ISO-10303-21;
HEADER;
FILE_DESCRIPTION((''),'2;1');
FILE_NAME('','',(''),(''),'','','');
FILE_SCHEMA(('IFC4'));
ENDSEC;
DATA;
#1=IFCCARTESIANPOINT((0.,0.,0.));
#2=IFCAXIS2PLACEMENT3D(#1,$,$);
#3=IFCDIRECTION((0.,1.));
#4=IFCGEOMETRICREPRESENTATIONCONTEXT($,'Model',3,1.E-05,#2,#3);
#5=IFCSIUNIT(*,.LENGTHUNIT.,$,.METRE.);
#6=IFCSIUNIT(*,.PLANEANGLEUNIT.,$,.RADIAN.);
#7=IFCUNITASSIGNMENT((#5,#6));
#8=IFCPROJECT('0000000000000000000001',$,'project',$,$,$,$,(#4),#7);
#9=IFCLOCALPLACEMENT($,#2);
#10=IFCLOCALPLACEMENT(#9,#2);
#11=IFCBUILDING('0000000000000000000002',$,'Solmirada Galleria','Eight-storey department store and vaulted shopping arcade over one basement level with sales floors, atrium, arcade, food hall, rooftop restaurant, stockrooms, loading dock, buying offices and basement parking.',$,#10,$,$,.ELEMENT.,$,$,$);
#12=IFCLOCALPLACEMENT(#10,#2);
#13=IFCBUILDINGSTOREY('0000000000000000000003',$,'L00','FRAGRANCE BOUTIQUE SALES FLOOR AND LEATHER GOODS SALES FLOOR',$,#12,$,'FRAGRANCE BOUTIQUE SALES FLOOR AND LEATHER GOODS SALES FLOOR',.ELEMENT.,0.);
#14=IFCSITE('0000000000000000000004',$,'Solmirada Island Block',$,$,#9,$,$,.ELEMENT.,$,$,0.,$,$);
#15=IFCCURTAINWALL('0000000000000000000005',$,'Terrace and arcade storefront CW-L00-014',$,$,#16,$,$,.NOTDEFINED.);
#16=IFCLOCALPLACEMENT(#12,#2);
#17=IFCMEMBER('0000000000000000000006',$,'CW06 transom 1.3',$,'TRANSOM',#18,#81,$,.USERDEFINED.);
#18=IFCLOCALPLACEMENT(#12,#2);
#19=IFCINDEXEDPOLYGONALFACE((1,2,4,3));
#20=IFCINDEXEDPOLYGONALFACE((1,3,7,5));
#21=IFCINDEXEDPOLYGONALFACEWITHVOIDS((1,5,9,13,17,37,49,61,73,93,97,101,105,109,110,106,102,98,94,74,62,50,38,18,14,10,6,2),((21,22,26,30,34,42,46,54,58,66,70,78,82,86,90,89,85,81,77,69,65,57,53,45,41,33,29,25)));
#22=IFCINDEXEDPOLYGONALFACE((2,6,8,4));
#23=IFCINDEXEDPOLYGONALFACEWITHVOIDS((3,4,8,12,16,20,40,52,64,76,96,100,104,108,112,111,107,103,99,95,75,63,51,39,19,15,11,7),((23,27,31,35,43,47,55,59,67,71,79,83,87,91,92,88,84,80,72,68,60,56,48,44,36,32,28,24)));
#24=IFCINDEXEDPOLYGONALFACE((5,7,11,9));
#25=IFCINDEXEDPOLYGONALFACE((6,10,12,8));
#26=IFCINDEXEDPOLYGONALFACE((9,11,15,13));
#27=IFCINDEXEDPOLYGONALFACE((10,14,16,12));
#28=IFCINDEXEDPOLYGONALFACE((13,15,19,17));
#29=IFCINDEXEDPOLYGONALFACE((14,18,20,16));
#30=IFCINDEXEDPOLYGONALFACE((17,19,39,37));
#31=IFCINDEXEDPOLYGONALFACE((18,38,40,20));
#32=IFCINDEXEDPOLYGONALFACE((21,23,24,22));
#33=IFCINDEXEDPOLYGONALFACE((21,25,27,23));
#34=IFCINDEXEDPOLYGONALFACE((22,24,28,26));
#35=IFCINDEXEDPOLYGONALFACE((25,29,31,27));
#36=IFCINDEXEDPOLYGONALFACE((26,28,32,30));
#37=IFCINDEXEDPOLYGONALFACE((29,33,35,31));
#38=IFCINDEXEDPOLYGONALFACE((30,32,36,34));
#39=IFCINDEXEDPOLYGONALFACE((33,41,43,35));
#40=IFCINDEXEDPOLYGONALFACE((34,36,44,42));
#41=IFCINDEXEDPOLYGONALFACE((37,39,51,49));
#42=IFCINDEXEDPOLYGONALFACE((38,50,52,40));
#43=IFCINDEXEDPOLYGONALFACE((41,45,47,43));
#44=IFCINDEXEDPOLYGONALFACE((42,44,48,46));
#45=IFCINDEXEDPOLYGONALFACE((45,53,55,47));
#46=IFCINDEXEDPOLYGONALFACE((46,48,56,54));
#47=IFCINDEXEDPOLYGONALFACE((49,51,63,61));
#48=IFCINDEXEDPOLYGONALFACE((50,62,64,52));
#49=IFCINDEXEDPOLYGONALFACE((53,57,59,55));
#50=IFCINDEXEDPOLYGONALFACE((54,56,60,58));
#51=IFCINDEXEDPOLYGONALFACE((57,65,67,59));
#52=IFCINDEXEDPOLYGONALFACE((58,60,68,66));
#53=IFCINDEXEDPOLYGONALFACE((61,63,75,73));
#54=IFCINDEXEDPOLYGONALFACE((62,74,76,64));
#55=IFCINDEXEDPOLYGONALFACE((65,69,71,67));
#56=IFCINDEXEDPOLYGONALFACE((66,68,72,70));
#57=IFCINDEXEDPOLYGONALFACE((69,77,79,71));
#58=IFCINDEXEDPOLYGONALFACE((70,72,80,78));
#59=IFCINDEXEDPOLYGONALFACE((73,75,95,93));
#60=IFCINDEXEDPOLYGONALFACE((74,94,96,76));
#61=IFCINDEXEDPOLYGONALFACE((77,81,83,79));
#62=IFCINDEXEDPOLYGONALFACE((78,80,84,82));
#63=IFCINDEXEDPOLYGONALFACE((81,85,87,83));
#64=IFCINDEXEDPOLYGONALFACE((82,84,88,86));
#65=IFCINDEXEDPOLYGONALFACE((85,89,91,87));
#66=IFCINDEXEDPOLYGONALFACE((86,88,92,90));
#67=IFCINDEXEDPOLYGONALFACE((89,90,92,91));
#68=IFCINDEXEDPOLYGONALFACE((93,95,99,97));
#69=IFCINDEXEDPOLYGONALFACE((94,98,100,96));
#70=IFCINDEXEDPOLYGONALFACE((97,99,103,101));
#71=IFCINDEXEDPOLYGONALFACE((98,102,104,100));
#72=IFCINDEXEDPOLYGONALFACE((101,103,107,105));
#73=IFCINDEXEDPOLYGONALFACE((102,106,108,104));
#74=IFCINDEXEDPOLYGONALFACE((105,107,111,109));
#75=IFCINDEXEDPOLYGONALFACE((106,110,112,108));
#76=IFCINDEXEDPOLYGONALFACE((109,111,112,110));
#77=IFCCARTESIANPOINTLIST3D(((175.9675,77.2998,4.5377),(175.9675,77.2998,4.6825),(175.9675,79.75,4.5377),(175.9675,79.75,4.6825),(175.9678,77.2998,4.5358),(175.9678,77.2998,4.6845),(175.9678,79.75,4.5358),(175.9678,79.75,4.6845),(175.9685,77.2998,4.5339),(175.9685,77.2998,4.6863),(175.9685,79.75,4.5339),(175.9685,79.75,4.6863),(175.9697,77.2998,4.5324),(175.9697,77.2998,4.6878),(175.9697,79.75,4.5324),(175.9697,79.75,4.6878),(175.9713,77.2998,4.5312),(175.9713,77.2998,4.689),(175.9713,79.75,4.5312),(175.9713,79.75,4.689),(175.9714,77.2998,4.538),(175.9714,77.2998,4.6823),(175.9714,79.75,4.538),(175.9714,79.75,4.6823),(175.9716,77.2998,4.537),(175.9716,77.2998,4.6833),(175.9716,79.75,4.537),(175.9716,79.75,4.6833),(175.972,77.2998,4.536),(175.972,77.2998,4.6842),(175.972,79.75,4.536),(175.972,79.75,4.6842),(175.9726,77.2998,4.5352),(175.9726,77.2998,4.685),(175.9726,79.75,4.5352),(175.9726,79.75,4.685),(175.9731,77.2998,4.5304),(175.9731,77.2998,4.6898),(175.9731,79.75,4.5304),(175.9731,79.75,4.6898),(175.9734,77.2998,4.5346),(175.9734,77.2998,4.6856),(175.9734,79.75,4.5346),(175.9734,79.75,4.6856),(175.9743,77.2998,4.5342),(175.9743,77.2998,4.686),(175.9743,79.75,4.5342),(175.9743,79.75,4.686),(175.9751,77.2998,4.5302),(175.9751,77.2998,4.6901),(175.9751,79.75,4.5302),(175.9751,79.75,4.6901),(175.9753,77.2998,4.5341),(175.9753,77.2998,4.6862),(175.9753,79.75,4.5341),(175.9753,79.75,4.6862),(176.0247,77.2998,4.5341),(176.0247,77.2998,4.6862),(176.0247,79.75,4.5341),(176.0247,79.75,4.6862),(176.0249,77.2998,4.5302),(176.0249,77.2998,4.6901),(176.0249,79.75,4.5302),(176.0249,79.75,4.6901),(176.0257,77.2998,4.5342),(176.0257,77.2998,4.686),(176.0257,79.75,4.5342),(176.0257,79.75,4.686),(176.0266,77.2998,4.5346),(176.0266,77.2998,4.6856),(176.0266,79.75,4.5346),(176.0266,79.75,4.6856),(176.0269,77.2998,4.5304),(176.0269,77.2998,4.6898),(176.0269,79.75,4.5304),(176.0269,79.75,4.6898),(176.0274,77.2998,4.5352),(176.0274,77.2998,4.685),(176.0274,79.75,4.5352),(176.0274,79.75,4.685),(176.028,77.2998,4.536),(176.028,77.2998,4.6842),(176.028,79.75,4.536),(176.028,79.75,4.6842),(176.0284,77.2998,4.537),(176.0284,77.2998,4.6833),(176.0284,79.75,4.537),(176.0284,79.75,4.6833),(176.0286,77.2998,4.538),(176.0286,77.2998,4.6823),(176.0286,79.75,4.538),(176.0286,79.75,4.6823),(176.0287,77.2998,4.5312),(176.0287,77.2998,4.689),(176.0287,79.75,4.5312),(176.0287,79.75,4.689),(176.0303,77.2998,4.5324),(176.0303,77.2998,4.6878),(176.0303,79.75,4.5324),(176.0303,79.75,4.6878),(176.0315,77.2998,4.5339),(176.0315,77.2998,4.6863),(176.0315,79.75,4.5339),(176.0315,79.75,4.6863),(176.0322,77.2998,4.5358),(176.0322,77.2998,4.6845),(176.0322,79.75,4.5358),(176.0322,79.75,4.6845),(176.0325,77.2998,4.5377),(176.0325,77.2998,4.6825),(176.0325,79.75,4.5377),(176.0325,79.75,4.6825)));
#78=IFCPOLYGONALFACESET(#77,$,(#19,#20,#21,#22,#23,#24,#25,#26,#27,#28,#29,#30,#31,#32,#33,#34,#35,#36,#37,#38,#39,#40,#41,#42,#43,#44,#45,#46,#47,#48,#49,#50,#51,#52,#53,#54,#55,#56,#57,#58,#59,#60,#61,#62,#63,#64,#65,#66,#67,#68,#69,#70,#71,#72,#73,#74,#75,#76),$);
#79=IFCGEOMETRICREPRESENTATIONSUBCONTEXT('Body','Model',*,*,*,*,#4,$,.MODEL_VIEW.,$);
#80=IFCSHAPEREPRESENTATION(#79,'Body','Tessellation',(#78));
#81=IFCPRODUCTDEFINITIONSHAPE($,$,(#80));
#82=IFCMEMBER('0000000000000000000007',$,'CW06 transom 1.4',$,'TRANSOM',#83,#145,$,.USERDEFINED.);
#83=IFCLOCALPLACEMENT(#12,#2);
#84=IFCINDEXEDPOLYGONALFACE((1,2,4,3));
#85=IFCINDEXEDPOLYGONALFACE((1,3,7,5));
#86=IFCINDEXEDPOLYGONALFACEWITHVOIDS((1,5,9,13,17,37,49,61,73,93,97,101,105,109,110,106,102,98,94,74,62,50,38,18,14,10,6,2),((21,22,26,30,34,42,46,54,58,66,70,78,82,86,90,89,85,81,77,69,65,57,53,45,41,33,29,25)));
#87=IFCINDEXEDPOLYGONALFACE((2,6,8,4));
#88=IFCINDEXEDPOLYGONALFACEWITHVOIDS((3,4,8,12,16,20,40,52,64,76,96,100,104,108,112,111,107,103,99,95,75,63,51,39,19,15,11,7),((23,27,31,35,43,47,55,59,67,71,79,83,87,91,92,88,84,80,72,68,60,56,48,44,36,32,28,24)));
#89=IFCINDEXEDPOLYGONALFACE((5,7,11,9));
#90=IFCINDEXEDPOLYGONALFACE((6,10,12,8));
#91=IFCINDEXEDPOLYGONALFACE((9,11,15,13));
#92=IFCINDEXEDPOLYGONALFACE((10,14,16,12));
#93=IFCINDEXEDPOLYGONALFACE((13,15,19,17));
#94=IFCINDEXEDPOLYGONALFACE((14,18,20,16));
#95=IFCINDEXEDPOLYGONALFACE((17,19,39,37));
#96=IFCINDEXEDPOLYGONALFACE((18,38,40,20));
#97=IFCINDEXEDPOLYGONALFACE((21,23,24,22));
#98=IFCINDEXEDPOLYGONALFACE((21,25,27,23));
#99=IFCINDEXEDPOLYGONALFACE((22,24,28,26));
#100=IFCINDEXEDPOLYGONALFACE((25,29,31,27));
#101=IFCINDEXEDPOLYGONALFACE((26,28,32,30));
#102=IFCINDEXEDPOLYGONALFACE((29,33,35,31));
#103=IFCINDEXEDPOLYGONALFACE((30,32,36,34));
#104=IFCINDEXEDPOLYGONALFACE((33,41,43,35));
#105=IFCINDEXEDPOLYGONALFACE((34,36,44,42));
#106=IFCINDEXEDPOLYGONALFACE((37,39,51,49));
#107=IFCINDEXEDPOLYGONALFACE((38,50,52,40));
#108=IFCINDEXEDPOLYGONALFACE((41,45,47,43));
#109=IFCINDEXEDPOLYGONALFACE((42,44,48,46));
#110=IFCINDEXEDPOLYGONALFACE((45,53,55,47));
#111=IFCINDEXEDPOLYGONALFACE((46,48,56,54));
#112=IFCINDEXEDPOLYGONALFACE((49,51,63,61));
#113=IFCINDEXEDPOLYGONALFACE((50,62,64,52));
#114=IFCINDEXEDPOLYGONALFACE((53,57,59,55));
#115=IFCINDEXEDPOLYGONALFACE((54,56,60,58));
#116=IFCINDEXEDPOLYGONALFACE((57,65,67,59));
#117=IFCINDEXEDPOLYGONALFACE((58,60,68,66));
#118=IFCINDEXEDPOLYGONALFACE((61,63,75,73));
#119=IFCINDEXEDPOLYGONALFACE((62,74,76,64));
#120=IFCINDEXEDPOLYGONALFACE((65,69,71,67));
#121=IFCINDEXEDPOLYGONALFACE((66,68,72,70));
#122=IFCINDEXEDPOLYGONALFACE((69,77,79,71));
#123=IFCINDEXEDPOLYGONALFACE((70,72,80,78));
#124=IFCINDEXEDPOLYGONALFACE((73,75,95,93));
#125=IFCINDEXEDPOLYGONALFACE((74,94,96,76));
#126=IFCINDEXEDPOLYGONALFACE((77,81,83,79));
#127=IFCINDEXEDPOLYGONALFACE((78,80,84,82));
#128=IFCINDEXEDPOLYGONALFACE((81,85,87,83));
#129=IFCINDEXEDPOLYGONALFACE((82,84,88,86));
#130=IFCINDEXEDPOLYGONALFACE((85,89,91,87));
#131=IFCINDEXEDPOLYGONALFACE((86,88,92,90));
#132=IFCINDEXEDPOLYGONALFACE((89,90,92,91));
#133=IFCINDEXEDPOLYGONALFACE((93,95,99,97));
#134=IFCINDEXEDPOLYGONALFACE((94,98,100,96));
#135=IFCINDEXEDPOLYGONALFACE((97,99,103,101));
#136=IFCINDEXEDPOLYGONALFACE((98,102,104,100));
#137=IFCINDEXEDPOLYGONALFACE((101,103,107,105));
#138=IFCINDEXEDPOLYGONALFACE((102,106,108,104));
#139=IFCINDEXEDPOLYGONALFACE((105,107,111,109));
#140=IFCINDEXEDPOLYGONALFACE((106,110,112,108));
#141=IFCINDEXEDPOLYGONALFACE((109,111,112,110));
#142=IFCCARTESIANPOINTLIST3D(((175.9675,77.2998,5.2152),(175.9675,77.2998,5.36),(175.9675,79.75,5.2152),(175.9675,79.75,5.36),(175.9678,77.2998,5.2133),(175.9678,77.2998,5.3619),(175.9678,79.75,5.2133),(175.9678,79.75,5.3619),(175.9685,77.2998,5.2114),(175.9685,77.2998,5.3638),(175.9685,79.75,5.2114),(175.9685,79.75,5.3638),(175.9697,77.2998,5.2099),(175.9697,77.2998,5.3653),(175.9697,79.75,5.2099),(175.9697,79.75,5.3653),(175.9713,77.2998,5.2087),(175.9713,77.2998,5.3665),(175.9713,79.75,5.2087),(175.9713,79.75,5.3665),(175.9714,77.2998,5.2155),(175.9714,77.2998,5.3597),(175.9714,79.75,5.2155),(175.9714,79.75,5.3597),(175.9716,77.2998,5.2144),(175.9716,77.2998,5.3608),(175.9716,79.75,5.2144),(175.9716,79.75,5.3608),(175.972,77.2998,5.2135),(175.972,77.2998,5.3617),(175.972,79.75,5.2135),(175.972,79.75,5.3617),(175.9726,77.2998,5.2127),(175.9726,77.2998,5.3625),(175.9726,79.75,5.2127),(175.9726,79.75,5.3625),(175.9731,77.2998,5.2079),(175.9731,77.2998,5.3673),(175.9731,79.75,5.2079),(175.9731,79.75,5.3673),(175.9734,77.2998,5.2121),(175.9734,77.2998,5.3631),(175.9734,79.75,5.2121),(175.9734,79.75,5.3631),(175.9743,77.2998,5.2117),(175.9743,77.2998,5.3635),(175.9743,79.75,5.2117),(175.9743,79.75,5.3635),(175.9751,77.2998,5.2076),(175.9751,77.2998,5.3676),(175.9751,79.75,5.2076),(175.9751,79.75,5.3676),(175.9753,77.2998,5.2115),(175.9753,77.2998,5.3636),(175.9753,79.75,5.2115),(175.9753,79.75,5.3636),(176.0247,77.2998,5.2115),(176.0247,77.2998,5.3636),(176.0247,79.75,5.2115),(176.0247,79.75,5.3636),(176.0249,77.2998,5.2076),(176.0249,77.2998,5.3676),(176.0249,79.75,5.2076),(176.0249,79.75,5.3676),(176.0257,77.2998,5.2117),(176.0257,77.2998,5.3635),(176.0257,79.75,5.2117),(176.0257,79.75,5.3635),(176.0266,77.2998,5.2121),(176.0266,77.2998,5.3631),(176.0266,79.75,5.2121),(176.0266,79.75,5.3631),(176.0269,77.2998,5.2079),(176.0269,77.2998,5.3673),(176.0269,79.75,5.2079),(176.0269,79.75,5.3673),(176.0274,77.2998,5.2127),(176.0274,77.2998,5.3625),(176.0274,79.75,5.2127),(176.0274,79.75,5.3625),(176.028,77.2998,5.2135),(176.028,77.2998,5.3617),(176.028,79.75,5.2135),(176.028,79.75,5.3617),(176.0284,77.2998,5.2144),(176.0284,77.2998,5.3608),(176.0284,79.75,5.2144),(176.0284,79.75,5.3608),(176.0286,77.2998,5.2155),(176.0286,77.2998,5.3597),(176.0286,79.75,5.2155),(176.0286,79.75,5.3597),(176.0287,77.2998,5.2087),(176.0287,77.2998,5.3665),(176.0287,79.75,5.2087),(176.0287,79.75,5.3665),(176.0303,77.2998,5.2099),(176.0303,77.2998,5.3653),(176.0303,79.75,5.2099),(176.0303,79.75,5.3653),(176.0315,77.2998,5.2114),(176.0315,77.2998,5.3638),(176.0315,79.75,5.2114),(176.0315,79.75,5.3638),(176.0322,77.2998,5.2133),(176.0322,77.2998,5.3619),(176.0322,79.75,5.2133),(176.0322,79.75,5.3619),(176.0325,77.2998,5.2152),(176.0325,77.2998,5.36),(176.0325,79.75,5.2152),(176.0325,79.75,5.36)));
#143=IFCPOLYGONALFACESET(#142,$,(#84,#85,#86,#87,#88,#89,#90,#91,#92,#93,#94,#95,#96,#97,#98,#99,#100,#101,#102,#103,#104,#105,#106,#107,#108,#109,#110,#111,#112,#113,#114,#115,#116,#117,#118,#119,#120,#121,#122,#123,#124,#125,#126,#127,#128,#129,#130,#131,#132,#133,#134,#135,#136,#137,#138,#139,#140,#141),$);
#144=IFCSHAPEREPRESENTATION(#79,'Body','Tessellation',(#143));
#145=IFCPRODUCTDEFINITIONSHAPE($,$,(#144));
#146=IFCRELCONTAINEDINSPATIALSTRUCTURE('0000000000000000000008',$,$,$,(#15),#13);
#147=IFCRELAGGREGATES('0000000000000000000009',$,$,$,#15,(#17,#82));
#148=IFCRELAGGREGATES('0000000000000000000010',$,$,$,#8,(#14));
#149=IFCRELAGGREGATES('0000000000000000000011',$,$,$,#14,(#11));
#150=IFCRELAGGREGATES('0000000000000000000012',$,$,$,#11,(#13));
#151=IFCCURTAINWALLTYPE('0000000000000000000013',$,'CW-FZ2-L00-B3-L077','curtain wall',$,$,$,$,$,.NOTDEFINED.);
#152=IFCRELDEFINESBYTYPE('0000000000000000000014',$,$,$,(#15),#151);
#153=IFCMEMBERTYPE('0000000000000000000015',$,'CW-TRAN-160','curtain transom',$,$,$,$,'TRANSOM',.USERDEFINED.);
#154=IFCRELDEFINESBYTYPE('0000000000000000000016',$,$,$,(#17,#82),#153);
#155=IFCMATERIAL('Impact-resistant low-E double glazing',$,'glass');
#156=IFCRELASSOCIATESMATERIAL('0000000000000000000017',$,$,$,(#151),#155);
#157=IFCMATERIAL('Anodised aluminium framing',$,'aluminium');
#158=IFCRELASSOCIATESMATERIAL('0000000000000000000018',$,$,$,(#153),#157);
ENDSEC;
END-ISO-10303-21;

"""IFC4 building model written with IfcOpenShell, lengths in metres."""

from ifc_helpers import new_model, si_unit, direction, frame, origin, origin_2d, place, context, subcontext, project, spatial, hollow_rectangle, extrude, material, material_profile, profile_set, type_object, element, aggregate, save


model = new_model("IFC4")

# Units and contexts
model_context = context("Model", 3, precision=1e-05, world=origin(), true_north=direction((0.0, 1.0)))
body_context = subcontext(model_context, "Body", "Model", "MODEL_VIEW")
ifc_project = project(units=[si_unit("LENGTHUNIT", "METRE"), si_unit("PLANEANGLEUNIT", "RADIAN")], contexts=[model_context])

# Site, building, storey
site_placement = place(None, origin())
site = spatial("IfcSite", under=ifc_project, at=site_placement, Name="Solmirada Island Block", CompositionType="ELEMENT", RefElevation=0.0)
building_placement = place(site_placement, origin())
building = spatial("IfcBuilding", under=site, at=building_placement, Name="Solmirada Galleria", Description="Eight-storey department store and vaulted shopping arcade over one basement level with sales floors, atrium, arcade, food hall, rooftop restaurant, stockrooms, loading dock, buying offices and basement parking.", CompositionType="ELEMENT")
storey_placement = place(building_placement, origin())
storey = spatial("IfcBuildingStorey", under=building, at=storey_placement, Name="L00", Description="FRAGRANCE BOUTIQUE SALES FLOOR AND LEATHER GOODS SALES FLOOR", LongName="FRAGRANCE BOUTIQUE SALES FLOOR AND LEATHER GOODS SALES FLOOR", CompositionType="ELEMENT", Elevation=0.0)

# Curtain wall, members
ifc_material_1 = material(Name="Impact-resistant low-E double glazing", Category="glass")
curtain_wall_type = type_object("IfcCurtainWallType", Name="CW-FZ2-L00-B3-L077", Description="curtain wall", PredefinedType="NOTDEFINED", material=ifc_material_1)
curtain_wall_placement = place(storey_placement, origin())
curtain_wall = element("IfcCurtainWall", 1, at=curtain_wall_placement, inside=storey, type_object=curtain_wall_type, Name="Terrace and arcade storefront CW-L00-014", PredefinedType="NOTDEFINED")
ifc_material_2 = material(Name="Anodised aluminium framing", Category="aluminium")
ifc_material_profile_1 = material_profile(ifc_material_2, hollow_rectangle(XDim=0.0649, YDim=0.1599, WallThickness=0.0039, InnerFilletRadius=0.0039, OuterFilletRadius=0.0076, at=origin_2d()), Name="ALU-TRAN-160X65")
ifc_profile_set_1 = profile_set([ifc_material_profile_1], Name="Anodised aluminium framing")
member_type_1 = type_object("IfcMemberType", Name="CW-TRAN-160", Description="curtain transom", ElementType="TRANSOM", PredefinedType="USERDEFINED", material=ifc_profile_set_1)
member_1_placement = place(storey_placement, frame((176.0, 79.75, 4.6101), z_axis=(0.0, -1.0, 0.0), x_axis=(1.0, 0.0, 0.0)))
member_1 = element("IfcMember", 2, at=member_1_placement, type_object=member_type_1, Name="CW06 transom 1.3", ObjectType="TRANSOM", PredefinedType="USERDEFINED", context=body_context, shape_type="SweptSolid", body=[
    extrude(hollow_rectangle(XDim=0.0649, YDim=0.1599, WallThickness=0.0039, InnerFilletRadius=0.0039, OuterFilletRadius=0.0076, at=origin_2d()), origin(), (0.0, 0.0, 1.0), 2.4502),
])
member_2_placement = place(storey_placement, frame((176.0, 79.75, 5.2876), z_axis=(0.0, -1.0, 0.0), x_axis=(1.0, 0.0, 0.0)))
member_2 = element("IfcMember", 3, at=member_2_placement, type_object=member_type_1, Name="CW06 transom 1.4", ObjectType="TRANSOM", PredefinedType="USERDEFINED", context=body_context, shape_type="SweptSolid", body=[
    extrude(hollow_rectangle(XDim=0.0649, YDim=0.1599, WallThickness=0.0039, InnerFilletRadius=0.0039, OuterFilletRadius=0.0076, at=origin_2d()), origin(), (0.0, 0.0, 1.0), 2.4502),
])

aggregate(curtain_wall, [member_1, member_2])

save(model, "model.ifc")
